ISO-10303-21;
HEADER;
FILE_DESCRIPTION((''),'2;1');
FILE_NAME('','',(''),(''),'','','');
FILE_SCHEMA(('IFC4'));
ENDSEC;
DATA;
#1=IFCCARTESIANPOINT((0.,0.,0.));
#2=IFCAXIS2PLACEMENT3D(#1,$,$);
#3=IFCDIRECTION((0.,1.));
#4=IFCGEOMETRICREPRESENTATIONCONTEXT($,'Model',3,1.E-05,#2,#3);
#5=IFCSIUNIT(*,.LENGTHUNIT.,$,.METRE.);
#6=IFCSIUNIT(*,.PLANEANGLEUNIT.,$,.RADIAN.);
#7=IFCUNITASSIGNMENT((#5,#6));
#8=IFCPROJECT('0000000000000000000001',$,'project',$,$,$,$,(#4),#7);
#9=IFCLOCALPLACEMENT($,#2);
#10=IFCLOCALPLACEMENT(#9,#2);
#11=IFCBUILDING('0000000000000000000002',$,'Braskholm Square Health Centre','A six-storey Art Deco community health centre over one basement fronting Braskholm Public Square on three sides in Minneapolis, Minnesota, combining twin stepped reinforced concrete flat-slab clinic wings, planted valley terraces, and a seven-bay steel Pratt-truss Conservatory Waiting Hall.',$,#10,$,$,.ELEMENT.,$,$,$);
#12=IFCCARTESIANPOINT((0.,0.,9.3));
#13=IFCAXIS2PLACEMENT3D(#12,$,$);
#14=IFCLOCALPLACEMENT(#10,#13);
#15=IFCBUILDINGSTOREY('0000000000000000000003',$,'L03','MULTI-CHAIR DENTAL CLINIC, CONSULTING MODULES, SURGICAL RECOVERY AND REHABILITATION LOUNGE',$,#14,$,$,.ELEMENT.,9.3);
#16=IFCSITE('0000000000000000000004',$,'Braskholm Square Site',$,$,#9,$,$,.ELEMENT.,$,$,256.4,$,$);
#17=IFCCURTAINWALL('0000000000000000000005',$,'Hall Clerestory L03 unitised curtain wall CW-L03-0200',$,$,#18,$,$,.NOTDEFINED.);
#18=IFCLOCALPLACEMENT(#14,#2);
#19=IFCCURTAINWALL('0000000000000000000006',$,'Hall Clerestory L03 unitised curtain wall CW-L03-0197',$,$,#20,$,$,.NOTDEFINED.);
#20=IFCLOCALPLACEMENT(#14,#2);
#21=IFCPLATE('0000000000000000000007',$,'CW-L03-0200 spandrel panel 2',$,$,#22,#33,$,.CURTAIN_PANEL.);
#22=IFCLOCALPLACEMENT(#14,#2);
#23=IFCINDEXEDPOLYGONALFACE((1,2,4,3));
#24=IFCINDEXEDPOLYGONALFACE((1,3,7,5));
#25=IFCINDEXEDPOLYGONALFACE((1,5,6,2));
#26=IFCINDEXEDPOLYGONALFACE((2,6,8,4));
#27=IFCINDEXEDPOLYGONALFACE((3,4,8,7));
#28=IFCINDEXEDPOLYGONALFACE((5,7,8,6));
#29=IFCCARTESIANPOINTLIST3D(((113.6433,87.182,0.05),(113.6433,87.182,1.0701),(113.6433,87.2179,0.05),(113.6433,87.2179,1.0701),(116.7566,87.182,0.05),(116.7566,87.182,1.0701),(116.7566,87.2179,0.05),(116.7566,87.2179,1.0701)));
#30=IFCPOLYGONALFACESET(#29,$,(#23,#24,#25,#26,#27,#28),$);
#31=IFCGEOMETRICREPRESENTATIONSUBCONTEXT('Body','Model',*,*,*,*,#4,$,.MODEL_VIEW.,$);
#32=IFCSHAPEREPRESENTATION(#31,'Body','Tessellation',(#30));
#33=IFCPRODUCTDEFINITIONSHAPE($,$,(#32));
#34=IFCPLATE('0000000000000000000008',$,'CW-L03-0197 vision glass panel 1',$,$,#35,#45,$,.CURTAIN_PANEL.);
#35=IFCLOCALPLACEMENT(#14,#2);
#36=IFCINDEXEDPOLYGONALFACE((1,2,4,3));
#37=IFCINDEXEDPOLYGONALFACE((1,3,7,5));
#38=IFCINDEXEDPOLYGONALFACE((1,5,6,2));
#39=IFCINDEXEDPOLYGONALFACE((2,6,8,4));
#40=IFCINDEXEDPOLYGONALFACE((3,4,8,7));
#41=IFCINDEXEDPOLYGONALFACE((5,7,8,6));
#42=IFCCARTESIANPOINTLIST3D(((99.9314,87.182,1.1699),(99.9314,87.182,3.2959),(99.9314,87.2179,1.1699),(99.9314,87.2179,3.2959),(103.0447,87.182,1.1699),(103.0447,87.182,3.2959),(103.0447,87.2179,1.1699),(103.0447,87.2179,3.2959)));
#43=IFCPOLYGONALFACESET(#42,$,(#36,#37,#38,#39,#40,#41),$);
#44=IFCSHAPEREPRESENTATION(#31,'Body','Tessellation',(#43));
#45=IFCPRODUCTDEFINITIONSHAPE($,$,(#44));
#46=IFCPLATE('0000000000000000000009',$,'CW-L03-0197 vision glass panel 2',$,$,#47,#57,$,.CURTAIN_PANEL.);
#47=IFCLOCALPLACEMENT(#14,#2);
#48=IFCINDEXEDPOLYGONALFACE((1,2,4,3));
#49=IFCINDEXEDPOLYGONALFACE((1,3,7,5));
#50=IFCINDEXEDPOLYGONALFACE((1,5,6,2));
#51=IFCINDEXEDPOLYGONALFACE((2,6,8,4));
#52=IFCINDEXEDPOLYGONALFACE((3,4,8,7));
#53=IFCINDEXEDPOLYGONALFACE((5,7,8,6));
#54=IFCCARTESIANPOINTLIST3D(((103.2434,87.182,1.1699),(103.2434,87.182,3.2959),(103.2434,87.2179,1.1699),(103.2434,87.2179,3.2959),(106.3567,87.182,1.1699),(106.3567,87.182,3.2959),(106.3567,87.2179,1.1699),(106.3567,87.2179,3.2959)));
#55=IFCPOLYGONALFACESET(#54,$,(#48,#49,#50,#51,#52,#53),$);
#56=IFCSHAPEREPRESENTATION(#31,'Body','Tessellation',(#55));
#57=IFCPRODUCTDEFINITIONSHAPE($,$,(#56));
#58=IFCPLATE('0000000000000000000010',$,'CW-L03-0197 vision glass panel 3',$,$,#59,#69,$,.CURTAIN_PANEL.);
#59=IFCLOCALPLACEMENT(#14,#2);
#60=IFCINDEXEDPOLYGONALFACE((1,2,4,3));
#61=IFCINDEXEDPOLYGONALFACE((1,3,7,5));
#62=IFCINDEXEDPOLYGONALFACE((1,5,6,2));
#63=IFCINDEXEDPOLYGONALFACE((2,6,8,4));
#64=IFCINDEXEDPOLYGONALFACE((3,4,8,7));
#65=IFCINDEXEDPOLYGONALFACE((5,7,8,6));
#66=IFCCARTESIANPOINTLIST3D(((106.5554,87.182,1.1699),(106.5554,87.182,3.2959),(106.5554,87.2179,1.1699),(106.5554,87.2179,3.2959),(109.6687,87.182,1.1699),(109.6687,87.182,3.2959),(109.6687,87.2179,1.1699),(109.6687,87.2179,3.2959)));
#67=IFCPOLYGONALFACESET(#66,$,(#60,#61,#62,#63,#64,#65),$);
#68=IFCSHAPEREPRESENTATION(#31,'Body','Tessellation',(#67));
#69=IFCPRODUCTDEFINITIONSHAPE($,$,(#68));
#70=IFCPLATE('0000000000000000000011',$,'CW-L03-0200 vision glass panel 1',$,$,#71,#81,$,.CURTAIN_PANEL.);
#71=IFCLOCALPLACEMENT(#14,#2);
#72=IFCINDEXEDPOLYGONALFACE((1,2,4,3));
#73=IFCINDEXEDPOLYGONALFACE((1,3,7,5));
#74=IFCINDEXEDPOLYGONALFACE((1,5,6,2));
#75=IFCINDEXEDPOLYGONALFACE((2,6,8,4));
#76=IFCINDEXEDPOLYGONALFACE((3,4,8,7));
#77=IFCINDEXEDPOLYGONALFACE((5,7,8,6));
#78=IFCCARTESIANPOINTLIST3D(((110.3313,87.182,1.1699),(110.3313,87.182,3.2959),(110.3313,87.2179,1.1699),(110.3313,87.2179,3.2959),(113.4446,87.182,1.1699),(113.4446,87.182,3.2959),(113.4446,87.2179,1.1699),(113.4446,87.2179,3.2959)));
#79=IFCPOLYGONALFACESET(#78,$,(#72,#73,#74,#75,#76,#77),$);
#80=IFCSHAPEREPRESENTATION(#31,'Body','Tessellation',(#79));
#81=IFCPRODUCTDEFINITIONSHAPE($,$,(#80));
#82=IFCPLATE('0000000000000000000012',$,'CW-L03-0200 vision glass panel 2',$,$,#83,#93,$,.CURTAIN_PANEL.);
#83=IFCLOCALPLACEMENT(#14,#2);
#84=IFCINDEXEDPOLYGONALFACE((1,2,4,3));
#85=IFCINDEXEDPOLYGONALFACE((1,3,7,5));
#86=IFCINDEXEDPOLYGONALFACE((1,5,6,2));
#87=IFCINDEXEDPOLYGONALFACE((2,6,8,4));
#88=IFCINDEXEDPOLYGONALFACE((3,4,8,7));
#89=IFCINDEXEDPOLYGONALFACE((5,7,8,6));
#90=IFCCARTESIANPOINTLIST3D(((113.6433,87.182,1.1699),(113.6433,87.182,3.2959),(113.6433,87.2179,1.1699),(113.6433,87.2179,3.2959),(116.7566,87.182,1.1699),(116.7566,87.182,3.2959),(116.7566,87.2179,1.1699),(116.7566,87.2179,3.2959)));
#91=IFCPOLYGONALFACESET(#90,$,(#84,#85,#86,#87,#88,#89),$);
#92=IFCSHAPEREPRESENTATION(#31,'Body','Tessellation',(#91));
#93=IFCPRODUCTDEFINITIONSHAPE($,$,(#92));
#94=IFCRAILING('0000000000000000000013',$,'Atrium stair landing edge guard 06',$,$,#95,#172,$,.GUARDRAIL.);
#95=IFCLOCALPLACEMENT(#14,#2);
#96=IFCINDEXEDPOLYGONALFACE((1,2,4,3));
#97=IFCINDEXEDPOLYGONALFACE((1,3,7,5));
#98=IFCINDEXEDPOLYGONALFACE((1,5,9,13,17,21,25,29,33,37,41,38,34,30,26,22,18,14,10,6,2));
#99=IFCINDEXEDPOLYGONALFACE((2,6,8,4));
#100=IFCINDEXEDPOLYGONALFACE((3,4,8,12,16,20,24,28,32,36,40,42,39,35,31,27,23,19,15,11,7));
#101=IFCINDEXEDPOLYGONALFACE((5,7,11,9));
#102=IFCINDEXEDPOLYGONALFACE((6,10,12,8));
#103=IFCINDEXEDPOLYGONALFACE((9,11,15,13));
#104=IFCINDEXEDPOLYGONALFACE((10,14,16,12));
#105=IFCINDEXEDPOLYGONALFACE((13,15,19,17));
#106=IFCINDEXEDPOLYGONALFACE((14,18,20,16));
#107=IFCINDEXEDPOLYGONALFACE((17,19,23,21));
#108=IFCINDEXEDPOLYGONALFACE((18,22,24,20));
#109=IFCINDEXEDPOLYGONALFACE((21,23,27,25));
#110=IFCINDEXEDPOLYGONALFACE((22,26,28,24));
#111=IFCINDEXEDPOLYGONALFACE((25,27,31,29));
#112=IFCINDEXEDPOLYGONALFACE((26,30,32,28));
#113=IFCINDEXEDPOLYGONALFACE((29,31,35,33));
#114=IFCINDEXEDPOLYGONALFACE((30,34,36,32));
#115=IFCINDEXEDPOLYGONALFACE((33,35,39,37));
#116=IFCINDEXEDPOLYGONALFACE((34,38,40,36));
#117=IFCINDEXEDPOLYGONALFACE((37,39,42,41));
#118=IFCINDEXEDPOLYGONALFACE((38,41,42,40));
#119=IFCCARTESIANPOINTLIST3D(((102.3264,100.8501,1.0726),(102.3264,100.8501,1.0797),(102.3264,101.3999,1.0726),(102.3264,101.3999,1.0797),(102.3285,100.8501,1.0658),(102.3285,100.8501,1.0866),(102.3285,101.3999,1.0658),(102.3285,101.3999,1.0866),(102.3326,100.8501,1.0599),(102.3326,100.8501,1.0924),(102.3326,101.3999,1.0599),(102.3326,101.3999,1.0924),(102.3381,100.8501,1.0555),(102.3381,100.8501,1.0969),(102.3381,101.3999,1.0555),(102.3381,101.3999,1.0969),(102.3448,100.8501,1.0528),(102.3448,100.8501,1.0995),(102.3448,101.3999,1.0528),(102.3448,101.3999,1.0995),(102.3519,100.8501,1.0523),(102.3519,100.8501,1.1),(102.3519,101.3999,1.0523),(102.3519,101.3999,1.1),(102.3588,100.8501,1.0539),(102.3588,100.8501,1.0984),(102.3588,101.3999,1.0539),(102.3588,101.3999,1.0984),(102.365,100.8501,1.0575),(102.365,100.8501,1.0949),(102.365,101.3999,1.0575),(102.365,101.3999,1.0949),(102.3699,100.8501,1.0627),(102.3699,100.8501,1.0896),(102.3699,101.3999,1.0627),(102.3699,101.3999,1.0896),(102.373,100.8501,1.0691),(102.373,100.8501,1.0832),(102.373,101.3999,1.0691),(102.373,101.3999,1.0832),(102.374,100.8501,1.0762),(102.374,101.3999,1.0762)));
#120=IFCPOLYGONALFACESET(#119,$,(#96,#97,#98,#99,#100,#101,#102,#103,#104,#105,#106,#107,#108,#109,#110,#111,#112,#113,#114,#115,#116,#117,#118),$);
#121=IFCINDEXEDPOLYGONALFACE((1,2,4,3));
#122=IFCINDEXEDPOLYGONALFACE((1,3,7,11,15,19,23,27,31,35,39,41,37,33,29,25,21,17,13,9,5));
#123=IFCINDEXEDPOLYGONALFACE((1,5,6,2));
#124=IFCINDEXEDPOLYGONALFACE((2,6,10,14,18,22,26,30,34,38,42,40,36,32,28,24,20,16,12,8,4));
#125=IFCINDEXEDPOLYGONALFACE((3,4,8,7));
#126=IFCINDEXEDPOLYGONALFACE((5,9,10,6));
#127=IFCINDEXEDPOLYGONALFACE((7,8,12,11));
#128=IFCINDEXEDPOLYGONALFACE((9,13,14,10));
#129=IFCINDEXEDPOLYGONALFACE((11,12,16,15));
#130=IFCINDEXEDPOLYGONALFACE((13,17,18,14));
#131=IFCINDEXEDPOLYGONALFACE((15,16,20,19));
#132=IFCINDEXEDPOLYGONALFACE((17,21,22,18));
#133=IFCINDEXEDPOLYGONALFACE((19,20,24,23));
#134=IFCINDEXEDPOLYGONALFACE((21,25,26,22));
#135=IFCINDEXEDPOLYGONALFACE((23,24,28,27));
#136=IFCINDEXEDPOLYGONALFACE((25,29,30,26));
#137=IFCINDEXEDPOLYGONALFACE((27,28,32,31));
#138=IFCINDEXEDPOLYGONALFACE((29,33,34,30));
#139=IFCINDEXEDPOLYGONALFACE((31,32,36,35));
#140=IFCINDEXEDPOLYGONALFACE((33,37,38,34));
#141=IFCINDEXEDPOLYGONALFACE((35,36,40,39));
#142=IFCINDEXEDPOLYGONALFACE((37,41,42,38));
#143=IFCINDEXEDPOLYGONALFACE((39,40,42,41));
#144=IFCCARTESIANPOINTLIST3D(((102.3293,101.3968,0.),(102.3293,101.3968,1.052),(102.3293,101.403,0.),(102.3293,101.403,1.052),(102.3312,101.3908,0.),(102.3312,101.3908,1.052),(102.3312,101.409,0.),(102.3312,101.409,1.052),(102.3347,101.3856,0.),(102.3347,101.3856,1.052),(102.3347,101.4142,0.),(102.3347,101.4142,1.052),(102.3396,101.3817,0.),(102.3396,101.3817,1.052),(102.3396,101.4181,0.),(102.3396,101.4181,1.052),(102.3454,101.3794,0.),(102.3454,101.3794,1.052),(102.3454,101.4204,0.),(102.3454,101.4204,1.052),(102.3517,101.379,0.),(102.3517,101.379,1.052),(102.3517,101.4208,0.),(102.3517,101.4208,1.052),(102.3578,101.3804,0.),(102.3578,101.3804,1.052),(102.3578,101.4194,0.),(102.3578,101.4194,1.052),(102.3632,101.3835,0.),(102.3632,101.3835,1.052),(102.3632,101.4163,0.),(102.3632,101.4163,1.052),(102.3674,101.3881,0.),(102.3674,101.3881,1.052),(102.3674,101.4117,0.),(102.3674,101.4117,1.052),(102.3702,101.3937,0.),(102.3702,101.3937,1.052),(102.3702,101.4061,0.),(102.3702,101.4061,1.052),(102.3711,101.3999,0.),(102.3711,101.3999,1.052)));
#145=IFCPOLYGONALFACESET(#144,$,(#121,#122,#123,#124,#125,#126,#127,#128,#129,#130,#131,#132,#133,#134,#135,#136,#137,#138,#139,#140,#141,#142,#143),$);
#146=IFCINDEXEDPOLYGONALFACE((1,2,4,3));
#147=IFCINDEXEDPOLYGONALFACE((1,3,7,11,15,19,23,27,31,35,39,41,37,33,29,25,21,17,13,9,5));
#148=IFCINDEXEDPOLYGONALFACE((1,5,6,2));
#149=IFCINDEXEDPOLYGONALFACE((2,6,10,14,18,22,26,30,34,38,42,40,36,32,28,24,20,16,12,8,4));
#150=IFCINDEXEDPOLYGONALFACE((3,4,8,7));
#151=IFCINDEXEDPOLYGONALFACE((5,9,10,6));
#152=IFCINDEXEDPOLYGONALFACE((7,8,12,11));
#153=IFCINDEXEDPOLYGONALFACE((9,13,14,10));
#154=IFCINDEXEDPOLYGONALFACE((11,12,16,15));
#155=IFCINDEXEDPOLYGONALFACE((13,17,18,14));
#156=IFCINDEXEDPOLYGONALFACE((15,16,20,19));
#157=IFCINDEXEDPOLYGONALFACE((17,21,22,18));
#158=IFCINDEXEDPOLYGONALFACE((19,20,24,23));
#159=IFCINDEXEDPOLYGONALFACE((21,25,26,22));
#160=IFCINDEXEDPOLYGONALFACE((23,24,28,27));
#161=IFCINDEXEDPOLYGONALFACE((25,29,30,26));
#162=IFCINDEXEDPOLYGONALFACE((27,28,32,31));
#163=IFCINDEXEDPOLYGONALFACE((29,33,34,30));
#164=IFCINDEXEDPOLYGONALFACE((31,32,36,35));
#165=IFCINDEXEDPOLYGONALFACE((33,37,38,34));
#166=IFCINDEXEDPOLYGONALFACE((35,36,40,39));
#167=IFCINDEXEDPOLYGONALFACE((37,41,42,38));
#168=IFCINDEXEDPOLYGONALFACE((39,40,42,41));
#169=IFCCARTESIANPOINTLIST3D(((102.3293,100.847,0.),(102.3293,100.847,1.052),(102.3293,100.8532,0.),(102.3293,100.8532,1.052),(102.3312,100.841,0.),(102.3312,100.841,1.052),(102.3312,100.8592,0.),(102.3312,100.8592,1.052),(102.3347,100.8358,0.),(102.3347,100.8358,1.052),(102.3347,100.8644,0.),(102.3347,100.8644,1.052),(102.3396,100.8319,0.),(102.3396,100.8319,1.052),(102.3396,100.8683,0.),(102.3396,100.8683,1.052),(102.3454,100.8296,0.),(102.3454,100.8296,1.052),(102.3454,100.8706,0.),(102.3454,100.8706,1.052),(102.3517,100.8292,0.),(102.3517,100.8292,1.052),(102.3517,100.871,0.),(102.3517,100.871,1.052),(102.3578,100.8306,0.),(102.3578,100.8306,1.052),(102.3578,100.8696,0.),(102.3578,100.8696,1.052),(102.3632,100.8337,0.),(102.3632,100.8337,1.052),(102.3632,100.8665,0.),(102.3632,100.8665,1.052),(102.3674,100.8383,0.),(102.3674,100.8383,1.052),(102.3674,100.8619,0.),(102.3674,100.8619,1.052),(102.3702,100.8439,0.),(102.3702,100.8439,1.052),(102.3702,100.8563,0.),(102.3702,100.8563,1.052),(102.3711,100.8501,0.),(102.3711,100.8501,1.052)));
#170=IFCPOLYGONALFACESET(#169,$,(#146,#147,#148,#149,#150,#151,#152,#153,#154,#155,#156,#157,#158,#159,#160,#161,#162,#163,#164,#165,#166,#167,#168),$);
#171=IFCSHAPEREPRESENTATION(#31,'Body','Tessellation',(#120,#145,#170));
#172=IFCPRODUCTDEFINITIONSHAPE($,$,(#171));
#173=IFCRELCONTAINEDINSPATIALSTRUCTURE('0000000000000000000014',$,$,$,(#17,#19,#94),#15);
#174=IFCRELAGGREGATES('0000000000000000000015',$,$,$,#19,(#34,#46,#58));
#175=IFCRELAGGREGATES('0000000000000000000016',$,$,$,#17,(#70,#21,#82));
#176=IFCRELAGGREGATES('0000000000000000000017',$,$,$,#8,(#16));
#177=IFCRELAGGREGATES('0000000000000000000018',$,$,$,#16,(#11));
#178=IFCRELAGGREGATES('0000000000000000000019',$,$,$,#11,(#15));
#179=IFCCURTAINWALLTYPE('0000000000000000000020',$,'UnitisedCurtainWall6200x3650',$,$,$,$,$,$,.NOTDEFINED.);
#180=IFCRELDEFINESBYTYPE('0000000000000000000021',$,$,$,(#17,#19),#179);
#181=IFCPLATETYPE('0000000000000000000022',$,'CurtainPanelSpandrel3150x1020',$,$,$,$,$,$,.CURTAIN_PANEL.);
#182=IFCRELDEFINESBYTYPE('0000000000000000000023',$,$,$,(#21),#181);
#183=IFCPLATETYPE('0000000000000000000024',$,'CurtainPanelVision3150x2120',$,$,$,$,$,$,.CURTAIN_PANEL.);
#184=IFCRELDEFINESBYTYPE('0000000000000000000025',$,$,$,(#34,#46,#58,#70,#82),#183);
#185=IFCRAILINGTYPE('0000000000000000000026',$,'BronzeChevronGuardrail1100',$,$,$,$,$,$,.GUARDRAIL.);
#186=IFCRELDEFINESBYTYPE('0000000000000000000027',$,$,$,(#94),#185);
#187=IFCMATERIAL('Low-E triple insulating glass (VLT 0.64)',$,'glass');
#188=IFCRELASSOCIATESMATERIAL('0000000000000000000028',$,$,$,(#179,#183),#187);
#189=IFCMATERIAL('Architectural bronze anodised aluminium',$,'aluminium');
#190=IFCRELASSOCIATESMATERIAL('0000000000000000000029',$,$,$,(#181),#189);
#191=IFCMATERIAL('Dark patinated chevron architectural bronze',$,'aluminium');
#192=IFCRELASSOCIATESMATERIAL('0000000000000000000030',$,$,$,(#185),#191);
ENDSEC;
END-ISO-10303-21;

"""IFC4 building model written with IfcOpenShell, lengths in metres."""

from ifc_helpers import new_model, si_unit, direction, frame, origin, origin_2d, place, context, subcontext, project, spatial, rectangle, circle, extrude, material, type_object, element, aggregate, save


model = new_model("IFC4")

# Units and contexts
model_context = context("Model", 3, precision=1e-05, world=origin(), true_north=direction((0.0, 1.0)))
body_context = subcontext(model_context, "Body", "Model", "MODEL_VIEW")
ifc_project = project(units=[si_unit("LENGTHUNIT", "METRE"), si_unit("PLANEANGLEUNIT", "RADIAN")], contexts=[model_context])

# Site, building, storey
site_placement = place(None, origin())
site = spatial("IfcSite", under=ifc_project, at=site_placement, Name="Braskholm Square Site", CompositionType="ELEMENT", RefElevation=256.4)
building_placement = place(site_placement, origin())
building = spatial("IfcBuilding", under=site, at=building_placement, Name="Braskholm Square Health Centre", Description="A six-storey Art Deco community health centre over one basement fronting Braskholm Public Square on three sides in Minneapolis, Minnesota, combining twin stepped reinforced concrete flat-slab clinic wings, planted valley terraces, and a seven-bay steel Pratt-truss Conservatory Waiting Hall.", CompositionType="ELEMENT")
storey_placement = place(building_placement, frame((0.0, 0.0, 9.3)))
storey = spatial("IfcBuildingStorey", under=building, at=storey_placement, Name="L03", Description="MULTI-CHAIR DENTAL CLINIC, CONSULTING MODULES, SURGICAL RECOVERY AND REHABILITATION LOUNGE", CompositionType="ELEMENT", Elevation=9.3)

# Curtain walls
ifc_material_1 = material(Name="Low-E triple insulating glass (VLT 0.64)", Category="glass")
curtain_wall_type = type_object("IfcCurtainWallType", Name="UnitisedCurtainWall6200x3650", PredefinedType="NOTDEFINED", material=ifc_material_1)
curtain_wall_1_placement = place(storey_placement, origin())
curtain_wall_1 = element("IfcCurtainWall", 1, at=curtain_wall_1_placement, inside=storey, type_object=curtain_wall_type, Name="Hall Clerestory L03 unitised curtain wall CW-L03-0200", PredefinedType="NOTDEFINED")
ifc_material_2 = material(Name="Architectural bronze anodised aluminium", Category="aluminium")
curtain_wall_2_placement = place(storey_placement, origin())
curtain_wall_2 = element("IfcCurtainWall", 2, at=curtain_wall_2_placement, inside=storey, type_object=curtain_wall_type, Name="Hall Clerestory L03 unitised curtain wall CW-L03-0197", PredefinedType="NOTDEFINED")

# Plates
plate_type_1 = type_object("IfcPlateType", Name="CurtainPanelSpandrel3150x1020", PredefinedType="CURTAIN_PANEL", material=ifc_material_2)
plate_1_placement = place(storey_placement, frame((115.2, 87.2, 0.05), z_axis=(0.0, 0.0, 1.0), x_axis=(1.0, 0.0, 0.0)))
plate_1 = element("IfcPlate", 3, at=plate_1_placement, type_object=plate_type_1, Name="CW-L03-0200 spandrel panel 2", PredefinedType="CURTAIN_PANEL", context=body_context, shape_type="SweptSolid", body=[
    extrude(rectangle(XDim=3.1133, YDim=0.0359, at=origin_2d()), origin(), (0.0, 0.0, 1.0), 1.02),
])
plate_type_2 = type_object("IfcPlateType", Name="CurtainPanelVision3150x2120", PredefinedType="CURTAIN_PANEL", material=ifc_material_1)
plate_2_placement = place(storey_placement, frame((101.488, 87.2, 1.1699), z_axis=(0.0, 0.0, 1.0), x_axis=(1.0, 0.0, 0.0)))
plate_2 = element("IfcPlate", 4, at=plate_2_placement, type_object=plate_type_2, Name="CW-L03-0197 vision glass panel 1", PredefinedType="CURTAIN_PANEL", context=body_context, shape_type="SweptSolid", body=[
    extrude(rectangle(XDim=3.1133, YDim=0.0359, at=origin_2d()), origin(), (0.0, 0.0, 1.0), 2.126),
])
plate_3_placement = place(storey_placement, frame((104.8, 87.2, 1.1699), z_axis=(0.0, 0.0, 1.0), x_axis=(1.0, 0.0, 0.0)))
plate_3 = element("IfcPlate", 5, at=plate_3_placement, type_object=plate_type_2, Name="CW-L03-0197 vision glass panel 2", PredefinedType="CURTAIN_PANEL", context=body_context, shape_type="SweptSolid", body=[
    extrude(rectangle(XDim=3.1133, YDim=0.0359, at=origin_2d()), origin(), (0.0, 0.0, 1.0), 2.126),
])
plate_4_placement = place(storey_placement, frame((108.1121, 87.2, 1.1699), z_axis=(0.0, 0.0, 1.0), x_axis=(1.0, 0.0, 0.0)))
plate_4 = element("IfcPlate", 6, at=plate_4_placement, type_object=plate_type_2, Name="CW-L03-0197 vision glass panel 3", PredefinedType="CURTAIN_PANEL", context=body_context, shape_type="SweptSolid", body=[
    extrude(rectangle(XDim=3.1133, YDim=0.0359, at=origin_2d()), origin(), (0.0, 0.0, 1.0), 2.126),
])
aggregate(curtain_wall_2, [plate_2, plate_3, plate_4])
plate_5_placement = place(storey_placement, frame((111.8879, 87.2, 1.1699), z_axis=(0.0, 0.0, 1.0), x_axis=(1.0, 0.0, 0.0)))
plate_5 = element("IfcPlate", 7, at=plate_5_placement, type_object=plate_type_2, Name="CW-L03-0200 vision glass panel 1", PredefinedType="CURTAIN_PANEL", context=body_context, shape_type="SweptSolid", body=[
    extrude(rectangle(XDim=3.1133, YDim=0.0359, at=origin_2d()), origin(), (0.0, 0.0, 1.0), 2.126),
])
plate_6_placement = place(storey_placement, frame((115.2, 87.2, 1.1699), z_axis=(0.0, 0.0, 1.0), x_axis=(1.0, 0.0, 0.0)))
plate_6 = element("IfcPlate", 8, at=plate_6_placement, type_object=plate_type_2, Name="CW-L03-0200 vision glass panel 2", PredefinedType="CURTAIN_PANEL", context=body_context, shape_type="SweptSolid", body=[
    extrude(rectangle(XDim=3.1133, YDim=0.0359, at=origin_2d()), origin(), (0.0, 0.0, 1.0), 2.126),
])
aggregate(curtain_wall_1, [plate_5, plate_1, plate_6])

# Railing
ifc_material_3 = material(Name="Dark patinated chevron architectural bronze", Category="aluminium")
railing_type = type_object("IfcRailingType", Name="BronzeChevronGuardrail1100", PredefinedType="GUARDRAIL", material=ifc_material_3)
railing_1_placement = place(storey_placement, frame((102.3501, 101.3999, 0.0)))
element("IfcRailing", 9, at=railing_1_placement, inside=storey, type_object=railing_type, Name="Atrium stair landing edge guard 06", PredefinedType="GUARDRAIL", context=body_context, shape_type="SweptSolid", body=[
    extrude(circle(Radius=0.0239, at=origin_2d()), frame((0.0, 0.0, 1.0762), z_axis=(0.0, -1.0, 0.0), x_axis=(1.0, 0.0, 0.0)), (0.0, 0.0, 1.0), 0.5498),
    extrude(circle(Radius=0.021, at=origin_2d()), origin(), (0.0, 0.0, 1.0), 1.052),
    extrude(circle(Radius=0.021, at=origin_2d()), frame((0.0, -0.5498, 0.0)), (0.0, 0.0, 1.0), 1.052),
])

save(model, "model.ifc")
